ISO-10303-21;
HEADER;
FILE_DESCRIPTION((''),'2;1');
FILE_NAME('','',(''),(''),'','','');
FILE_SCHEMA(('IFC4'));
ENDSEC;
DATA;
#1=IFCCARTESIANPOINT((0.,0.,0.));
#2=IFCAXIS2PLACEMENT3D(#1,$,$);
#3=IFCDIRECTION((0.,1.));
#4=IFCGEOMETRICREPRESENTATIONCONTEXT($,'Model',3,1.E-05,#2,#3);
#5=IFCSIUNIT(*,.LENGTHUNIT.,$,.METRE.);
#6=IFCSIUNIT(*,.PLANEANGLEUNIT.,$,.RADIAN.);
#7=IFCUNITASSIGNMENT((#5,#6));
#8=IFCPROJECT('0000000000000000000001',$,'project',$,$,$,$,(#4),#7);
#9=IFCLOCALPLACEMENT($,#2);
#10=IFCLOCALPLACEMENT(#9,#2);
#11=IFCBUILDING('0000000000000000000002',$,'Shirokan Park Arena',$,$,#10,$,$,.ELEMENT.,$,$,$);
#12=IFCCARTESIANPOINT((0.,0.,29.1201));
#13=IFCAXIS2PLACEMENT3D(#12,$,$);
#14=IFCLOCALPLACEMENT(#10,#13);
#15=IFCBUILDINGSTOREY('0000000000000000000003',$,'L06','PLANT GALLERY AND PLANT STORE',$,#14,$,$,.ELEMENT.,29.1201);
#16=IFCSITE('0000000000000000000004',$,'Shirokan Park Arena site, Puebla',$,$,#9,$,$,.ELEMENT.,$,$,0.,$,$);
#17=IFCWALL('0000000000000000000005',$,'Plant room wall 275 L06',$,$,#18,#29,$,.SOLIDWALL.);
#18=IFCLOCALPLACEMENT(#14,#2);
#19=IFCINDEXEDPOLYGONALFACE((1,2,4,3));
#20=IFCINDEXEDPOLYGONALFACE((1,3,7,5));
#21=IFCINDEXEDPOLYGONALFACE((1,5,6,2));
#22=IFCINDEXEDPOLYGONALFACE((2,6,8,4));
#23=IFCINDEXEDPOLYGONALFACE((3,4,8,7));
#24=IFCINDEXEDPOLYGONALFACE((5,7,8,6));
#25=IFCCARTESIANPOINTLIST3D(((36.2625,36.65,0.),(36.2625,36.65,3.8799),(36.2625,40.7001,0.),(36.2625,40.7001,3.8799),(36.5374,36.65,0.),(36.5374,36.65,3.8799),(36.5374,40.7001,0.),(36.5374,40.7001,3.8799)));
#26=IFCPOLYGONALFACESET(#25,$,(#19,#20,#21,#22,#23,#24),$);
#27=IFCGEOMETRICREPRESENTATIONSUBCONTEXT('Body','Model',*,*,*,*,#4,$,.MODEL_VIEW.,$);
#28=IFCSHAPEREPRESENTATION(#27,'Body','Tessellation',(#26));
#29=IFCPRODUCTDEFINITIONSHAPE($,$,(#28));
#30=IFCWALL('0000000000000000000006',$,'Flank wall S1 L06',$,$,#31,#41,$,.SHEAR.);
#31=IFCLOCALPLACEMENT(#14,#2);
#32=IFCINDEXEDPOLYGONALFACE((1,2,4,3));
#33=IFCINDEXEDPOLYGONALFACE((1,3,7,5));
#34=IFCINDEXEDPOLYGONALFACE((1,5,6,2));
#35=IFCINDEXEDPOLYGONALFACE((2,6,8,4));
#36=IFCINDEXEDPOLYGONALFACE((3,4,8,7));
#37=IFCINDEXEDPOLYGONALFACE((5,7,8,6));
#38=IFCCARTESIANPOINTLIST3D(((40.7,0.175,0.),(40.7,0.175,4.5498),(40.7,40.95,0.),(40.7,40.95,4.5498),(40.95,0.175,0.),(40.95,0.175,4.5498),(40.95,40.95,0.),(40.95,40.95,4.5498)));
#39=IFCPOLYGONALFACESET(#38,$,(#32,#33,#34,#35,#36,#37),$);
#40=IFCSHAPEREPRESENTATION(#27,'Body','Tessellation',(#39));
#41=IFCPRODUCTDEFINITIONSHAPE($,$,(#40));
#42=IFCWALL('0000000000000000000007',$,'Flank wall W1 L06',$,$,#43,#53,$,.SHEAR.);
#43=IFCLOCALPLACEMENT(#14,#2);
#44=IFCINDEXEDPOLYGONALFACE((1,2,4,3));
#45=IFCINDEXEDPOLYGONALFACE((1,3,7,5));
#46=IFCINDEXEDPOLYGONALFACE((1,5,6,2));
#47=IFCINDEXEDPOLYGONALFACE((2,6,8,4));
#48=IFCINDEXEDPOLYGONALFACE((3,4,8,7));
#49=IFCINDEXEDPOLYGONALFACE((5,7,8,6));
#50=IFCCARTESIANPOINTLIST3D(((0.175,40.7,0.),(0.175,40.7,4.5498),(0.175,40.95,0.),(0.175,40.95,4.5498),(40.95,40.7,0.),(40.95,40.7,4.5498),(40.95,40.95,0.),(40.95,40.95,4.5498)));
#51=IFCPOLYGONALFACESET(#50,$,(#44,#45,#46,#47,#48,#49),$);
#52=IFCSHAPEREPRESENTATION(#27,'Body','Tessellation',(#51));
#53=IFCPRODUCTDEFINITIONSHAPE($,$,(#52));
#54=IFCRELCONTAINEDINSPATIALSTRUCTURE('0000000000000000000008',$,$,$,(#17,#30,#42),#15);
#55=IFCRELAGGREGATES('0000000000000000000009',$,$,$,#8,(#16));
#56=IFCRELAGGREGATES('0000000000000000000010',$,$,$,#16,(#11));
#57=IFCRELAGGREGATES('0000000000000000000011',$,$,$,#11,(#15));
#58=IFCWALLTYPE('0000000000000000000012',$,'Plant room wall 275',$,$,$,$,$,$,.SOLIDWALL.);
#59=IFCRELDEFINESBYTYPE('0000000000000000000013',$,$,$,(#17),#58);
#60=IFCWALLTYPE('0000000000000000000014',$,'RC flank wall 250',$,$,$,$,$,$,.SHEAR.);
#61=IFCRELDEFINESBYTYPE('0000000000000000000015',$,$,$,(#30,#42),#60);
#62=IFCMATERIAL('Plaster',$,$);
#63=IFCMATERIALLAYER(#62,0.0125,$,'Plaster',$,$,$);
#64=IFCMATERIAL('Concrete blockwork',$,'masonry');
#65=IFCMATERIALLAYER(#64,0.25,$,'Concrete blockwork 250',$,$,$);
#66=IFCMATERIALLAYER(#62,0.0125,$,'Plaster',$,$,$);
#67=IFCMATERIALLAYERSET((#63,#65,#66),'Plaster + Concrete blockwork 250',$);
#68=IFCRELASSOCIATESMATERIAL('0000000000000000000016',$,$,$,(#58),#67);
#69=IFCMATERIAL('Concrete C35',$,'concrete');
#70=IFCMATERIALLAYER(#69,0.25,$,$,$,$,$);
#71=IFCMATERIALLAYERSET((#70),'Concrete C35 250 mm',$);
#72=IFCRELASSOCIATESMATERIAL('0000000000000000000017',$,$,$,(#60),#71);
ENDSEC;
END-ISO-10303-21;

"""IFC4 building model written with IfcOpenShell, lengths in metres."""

from ifc_helpers import new_model, si_unit, direction, frame, frame_2d, origin, place, context, subcontext, project, spatial, rectangle, extrude, material, layer, layer_set, type_object, element, save


model = new_model("IFC4")

# Units and contexts
model_context = context("Model", 3, precision=1e-05, world=origin(), true_north=direction((0.0, 1.0)))
body_context = subcontext(model_context, "Body", "Model", "MODEL_VIEW")
ifc_project = project(units=[si_unit("LENGTHUNIT", "METRE"), si_unit("PLANEANGLEUNIT", "RADIAN")], contexts=[model_context])

# Site, building, storey
site_placement = place(None, origin())
site = spatial("IfcSite", under=ifc_project, at=site_placement, Name="Shirokan Park Arena site, Puebla", CompositionType="ELEMENT", RefElevation=0.0)
building_placement = place(site_placement, origin())
building = spatial("IfcBuilding", under=site, at=building_placement, Name="Shirokan Park Arena", CompositionType="ELEMENT")
storey_placement = place(building_placement, frame((0.0, 0.0, 29.1201)))
storey = spatial("IfcBuildingStorey", under=building, at=storey_placement, Name="L06", Description="PLANT GALLERY AND PLANT STORE", CompositionType="ELEMENT", Elevation=29.1201)

# Walls
ifc_material_1 = material(Name="Plaster")
ifc_layer_1 = layer(ifc_material_1, 0.0125, Name="Plaster")
ifc_material_2 = material(Name="Concrete blockwork", Category="masonry")
ifc_layer_2 = layer(ifc_material_2, 0.25, Name="Concrete blockwork 250")
ifc_layer_3 = layer(ifc_material_1, 0.0125, Name="Plaster")
ifc_layer_set_1 = layer_set([ifc_layer_1, ifc_layer_2, ifc_layer_3], Name="Plaster + Concrete blockwork 250")
wall_type_1 = type_object("IfcWallType", Name="Plant room wall 275", PredefinedType="SOLIDWALL", material=ifc_layer_set_1)
wall_placement = place(storey_placement, frame((36.3999, 40.7, 0.0), z_axis=(0.0, 0.0, 1.0), x_axis=(0.0, -1.0, 0.0)))
element("IfcWall", 1, at=wall_placement, inside=storey, type_object=wall_type_1, Name="Plant room wall 275 L06", PredefinedType="SOLIDWALL", context=body_context, shape_type="SweptSolid", body=[
    extrude(rectangle(XDim=4.05, YDim=0.2749, at=frame_2d((2.0249, 0.0))), origin(), (0.0, 0.0, 1.0), 3.8799),
])
ifc_material_3 = material(Name="Concrete C35", Category="concrete")
ifc_layer_4 = layer(ifc_material_3, 0.25)
ifc_layer_set_2 = layer_set([ifc_layer_4], Name="Concrete C35 250 mm")
wall_type_2 = type_object("IfcWallType", Name="RC flank wall 250", PredefinedType="SHEAR", material=ifc_layer_set_2)
for number, where, z_axis, x_axis, name in (
    (2, (40.825, 40.95, 0.0), (0.0, 0.0, 1.0), (0.0, -1.0, 0.0), "Flank wall S1 L06"),
    (3, (40.95, 40.825, 0.0), (0.0, 0.0, 1.0), (-1.0, 0.0, 0.0), "Flank wall W1 L06"),
):
    element("IfcWall", number, at=place(storey_placement, frame(where, z_axis=z_axis, x_axis=x_axis)), inside=storey, type_object=wall_type_2, Name=name, PredefinedType="SHEAR", context=body_context, shape_type="SweptSolid", body=[
        extrude(rectangle(XDim=40.7749, YDim=0.25, at=frame_2d((20.3875, 0.0))), origin(), (0.0, 0.0, 1.0), 4.5498),
    ])

save(model, "model.ifc")
